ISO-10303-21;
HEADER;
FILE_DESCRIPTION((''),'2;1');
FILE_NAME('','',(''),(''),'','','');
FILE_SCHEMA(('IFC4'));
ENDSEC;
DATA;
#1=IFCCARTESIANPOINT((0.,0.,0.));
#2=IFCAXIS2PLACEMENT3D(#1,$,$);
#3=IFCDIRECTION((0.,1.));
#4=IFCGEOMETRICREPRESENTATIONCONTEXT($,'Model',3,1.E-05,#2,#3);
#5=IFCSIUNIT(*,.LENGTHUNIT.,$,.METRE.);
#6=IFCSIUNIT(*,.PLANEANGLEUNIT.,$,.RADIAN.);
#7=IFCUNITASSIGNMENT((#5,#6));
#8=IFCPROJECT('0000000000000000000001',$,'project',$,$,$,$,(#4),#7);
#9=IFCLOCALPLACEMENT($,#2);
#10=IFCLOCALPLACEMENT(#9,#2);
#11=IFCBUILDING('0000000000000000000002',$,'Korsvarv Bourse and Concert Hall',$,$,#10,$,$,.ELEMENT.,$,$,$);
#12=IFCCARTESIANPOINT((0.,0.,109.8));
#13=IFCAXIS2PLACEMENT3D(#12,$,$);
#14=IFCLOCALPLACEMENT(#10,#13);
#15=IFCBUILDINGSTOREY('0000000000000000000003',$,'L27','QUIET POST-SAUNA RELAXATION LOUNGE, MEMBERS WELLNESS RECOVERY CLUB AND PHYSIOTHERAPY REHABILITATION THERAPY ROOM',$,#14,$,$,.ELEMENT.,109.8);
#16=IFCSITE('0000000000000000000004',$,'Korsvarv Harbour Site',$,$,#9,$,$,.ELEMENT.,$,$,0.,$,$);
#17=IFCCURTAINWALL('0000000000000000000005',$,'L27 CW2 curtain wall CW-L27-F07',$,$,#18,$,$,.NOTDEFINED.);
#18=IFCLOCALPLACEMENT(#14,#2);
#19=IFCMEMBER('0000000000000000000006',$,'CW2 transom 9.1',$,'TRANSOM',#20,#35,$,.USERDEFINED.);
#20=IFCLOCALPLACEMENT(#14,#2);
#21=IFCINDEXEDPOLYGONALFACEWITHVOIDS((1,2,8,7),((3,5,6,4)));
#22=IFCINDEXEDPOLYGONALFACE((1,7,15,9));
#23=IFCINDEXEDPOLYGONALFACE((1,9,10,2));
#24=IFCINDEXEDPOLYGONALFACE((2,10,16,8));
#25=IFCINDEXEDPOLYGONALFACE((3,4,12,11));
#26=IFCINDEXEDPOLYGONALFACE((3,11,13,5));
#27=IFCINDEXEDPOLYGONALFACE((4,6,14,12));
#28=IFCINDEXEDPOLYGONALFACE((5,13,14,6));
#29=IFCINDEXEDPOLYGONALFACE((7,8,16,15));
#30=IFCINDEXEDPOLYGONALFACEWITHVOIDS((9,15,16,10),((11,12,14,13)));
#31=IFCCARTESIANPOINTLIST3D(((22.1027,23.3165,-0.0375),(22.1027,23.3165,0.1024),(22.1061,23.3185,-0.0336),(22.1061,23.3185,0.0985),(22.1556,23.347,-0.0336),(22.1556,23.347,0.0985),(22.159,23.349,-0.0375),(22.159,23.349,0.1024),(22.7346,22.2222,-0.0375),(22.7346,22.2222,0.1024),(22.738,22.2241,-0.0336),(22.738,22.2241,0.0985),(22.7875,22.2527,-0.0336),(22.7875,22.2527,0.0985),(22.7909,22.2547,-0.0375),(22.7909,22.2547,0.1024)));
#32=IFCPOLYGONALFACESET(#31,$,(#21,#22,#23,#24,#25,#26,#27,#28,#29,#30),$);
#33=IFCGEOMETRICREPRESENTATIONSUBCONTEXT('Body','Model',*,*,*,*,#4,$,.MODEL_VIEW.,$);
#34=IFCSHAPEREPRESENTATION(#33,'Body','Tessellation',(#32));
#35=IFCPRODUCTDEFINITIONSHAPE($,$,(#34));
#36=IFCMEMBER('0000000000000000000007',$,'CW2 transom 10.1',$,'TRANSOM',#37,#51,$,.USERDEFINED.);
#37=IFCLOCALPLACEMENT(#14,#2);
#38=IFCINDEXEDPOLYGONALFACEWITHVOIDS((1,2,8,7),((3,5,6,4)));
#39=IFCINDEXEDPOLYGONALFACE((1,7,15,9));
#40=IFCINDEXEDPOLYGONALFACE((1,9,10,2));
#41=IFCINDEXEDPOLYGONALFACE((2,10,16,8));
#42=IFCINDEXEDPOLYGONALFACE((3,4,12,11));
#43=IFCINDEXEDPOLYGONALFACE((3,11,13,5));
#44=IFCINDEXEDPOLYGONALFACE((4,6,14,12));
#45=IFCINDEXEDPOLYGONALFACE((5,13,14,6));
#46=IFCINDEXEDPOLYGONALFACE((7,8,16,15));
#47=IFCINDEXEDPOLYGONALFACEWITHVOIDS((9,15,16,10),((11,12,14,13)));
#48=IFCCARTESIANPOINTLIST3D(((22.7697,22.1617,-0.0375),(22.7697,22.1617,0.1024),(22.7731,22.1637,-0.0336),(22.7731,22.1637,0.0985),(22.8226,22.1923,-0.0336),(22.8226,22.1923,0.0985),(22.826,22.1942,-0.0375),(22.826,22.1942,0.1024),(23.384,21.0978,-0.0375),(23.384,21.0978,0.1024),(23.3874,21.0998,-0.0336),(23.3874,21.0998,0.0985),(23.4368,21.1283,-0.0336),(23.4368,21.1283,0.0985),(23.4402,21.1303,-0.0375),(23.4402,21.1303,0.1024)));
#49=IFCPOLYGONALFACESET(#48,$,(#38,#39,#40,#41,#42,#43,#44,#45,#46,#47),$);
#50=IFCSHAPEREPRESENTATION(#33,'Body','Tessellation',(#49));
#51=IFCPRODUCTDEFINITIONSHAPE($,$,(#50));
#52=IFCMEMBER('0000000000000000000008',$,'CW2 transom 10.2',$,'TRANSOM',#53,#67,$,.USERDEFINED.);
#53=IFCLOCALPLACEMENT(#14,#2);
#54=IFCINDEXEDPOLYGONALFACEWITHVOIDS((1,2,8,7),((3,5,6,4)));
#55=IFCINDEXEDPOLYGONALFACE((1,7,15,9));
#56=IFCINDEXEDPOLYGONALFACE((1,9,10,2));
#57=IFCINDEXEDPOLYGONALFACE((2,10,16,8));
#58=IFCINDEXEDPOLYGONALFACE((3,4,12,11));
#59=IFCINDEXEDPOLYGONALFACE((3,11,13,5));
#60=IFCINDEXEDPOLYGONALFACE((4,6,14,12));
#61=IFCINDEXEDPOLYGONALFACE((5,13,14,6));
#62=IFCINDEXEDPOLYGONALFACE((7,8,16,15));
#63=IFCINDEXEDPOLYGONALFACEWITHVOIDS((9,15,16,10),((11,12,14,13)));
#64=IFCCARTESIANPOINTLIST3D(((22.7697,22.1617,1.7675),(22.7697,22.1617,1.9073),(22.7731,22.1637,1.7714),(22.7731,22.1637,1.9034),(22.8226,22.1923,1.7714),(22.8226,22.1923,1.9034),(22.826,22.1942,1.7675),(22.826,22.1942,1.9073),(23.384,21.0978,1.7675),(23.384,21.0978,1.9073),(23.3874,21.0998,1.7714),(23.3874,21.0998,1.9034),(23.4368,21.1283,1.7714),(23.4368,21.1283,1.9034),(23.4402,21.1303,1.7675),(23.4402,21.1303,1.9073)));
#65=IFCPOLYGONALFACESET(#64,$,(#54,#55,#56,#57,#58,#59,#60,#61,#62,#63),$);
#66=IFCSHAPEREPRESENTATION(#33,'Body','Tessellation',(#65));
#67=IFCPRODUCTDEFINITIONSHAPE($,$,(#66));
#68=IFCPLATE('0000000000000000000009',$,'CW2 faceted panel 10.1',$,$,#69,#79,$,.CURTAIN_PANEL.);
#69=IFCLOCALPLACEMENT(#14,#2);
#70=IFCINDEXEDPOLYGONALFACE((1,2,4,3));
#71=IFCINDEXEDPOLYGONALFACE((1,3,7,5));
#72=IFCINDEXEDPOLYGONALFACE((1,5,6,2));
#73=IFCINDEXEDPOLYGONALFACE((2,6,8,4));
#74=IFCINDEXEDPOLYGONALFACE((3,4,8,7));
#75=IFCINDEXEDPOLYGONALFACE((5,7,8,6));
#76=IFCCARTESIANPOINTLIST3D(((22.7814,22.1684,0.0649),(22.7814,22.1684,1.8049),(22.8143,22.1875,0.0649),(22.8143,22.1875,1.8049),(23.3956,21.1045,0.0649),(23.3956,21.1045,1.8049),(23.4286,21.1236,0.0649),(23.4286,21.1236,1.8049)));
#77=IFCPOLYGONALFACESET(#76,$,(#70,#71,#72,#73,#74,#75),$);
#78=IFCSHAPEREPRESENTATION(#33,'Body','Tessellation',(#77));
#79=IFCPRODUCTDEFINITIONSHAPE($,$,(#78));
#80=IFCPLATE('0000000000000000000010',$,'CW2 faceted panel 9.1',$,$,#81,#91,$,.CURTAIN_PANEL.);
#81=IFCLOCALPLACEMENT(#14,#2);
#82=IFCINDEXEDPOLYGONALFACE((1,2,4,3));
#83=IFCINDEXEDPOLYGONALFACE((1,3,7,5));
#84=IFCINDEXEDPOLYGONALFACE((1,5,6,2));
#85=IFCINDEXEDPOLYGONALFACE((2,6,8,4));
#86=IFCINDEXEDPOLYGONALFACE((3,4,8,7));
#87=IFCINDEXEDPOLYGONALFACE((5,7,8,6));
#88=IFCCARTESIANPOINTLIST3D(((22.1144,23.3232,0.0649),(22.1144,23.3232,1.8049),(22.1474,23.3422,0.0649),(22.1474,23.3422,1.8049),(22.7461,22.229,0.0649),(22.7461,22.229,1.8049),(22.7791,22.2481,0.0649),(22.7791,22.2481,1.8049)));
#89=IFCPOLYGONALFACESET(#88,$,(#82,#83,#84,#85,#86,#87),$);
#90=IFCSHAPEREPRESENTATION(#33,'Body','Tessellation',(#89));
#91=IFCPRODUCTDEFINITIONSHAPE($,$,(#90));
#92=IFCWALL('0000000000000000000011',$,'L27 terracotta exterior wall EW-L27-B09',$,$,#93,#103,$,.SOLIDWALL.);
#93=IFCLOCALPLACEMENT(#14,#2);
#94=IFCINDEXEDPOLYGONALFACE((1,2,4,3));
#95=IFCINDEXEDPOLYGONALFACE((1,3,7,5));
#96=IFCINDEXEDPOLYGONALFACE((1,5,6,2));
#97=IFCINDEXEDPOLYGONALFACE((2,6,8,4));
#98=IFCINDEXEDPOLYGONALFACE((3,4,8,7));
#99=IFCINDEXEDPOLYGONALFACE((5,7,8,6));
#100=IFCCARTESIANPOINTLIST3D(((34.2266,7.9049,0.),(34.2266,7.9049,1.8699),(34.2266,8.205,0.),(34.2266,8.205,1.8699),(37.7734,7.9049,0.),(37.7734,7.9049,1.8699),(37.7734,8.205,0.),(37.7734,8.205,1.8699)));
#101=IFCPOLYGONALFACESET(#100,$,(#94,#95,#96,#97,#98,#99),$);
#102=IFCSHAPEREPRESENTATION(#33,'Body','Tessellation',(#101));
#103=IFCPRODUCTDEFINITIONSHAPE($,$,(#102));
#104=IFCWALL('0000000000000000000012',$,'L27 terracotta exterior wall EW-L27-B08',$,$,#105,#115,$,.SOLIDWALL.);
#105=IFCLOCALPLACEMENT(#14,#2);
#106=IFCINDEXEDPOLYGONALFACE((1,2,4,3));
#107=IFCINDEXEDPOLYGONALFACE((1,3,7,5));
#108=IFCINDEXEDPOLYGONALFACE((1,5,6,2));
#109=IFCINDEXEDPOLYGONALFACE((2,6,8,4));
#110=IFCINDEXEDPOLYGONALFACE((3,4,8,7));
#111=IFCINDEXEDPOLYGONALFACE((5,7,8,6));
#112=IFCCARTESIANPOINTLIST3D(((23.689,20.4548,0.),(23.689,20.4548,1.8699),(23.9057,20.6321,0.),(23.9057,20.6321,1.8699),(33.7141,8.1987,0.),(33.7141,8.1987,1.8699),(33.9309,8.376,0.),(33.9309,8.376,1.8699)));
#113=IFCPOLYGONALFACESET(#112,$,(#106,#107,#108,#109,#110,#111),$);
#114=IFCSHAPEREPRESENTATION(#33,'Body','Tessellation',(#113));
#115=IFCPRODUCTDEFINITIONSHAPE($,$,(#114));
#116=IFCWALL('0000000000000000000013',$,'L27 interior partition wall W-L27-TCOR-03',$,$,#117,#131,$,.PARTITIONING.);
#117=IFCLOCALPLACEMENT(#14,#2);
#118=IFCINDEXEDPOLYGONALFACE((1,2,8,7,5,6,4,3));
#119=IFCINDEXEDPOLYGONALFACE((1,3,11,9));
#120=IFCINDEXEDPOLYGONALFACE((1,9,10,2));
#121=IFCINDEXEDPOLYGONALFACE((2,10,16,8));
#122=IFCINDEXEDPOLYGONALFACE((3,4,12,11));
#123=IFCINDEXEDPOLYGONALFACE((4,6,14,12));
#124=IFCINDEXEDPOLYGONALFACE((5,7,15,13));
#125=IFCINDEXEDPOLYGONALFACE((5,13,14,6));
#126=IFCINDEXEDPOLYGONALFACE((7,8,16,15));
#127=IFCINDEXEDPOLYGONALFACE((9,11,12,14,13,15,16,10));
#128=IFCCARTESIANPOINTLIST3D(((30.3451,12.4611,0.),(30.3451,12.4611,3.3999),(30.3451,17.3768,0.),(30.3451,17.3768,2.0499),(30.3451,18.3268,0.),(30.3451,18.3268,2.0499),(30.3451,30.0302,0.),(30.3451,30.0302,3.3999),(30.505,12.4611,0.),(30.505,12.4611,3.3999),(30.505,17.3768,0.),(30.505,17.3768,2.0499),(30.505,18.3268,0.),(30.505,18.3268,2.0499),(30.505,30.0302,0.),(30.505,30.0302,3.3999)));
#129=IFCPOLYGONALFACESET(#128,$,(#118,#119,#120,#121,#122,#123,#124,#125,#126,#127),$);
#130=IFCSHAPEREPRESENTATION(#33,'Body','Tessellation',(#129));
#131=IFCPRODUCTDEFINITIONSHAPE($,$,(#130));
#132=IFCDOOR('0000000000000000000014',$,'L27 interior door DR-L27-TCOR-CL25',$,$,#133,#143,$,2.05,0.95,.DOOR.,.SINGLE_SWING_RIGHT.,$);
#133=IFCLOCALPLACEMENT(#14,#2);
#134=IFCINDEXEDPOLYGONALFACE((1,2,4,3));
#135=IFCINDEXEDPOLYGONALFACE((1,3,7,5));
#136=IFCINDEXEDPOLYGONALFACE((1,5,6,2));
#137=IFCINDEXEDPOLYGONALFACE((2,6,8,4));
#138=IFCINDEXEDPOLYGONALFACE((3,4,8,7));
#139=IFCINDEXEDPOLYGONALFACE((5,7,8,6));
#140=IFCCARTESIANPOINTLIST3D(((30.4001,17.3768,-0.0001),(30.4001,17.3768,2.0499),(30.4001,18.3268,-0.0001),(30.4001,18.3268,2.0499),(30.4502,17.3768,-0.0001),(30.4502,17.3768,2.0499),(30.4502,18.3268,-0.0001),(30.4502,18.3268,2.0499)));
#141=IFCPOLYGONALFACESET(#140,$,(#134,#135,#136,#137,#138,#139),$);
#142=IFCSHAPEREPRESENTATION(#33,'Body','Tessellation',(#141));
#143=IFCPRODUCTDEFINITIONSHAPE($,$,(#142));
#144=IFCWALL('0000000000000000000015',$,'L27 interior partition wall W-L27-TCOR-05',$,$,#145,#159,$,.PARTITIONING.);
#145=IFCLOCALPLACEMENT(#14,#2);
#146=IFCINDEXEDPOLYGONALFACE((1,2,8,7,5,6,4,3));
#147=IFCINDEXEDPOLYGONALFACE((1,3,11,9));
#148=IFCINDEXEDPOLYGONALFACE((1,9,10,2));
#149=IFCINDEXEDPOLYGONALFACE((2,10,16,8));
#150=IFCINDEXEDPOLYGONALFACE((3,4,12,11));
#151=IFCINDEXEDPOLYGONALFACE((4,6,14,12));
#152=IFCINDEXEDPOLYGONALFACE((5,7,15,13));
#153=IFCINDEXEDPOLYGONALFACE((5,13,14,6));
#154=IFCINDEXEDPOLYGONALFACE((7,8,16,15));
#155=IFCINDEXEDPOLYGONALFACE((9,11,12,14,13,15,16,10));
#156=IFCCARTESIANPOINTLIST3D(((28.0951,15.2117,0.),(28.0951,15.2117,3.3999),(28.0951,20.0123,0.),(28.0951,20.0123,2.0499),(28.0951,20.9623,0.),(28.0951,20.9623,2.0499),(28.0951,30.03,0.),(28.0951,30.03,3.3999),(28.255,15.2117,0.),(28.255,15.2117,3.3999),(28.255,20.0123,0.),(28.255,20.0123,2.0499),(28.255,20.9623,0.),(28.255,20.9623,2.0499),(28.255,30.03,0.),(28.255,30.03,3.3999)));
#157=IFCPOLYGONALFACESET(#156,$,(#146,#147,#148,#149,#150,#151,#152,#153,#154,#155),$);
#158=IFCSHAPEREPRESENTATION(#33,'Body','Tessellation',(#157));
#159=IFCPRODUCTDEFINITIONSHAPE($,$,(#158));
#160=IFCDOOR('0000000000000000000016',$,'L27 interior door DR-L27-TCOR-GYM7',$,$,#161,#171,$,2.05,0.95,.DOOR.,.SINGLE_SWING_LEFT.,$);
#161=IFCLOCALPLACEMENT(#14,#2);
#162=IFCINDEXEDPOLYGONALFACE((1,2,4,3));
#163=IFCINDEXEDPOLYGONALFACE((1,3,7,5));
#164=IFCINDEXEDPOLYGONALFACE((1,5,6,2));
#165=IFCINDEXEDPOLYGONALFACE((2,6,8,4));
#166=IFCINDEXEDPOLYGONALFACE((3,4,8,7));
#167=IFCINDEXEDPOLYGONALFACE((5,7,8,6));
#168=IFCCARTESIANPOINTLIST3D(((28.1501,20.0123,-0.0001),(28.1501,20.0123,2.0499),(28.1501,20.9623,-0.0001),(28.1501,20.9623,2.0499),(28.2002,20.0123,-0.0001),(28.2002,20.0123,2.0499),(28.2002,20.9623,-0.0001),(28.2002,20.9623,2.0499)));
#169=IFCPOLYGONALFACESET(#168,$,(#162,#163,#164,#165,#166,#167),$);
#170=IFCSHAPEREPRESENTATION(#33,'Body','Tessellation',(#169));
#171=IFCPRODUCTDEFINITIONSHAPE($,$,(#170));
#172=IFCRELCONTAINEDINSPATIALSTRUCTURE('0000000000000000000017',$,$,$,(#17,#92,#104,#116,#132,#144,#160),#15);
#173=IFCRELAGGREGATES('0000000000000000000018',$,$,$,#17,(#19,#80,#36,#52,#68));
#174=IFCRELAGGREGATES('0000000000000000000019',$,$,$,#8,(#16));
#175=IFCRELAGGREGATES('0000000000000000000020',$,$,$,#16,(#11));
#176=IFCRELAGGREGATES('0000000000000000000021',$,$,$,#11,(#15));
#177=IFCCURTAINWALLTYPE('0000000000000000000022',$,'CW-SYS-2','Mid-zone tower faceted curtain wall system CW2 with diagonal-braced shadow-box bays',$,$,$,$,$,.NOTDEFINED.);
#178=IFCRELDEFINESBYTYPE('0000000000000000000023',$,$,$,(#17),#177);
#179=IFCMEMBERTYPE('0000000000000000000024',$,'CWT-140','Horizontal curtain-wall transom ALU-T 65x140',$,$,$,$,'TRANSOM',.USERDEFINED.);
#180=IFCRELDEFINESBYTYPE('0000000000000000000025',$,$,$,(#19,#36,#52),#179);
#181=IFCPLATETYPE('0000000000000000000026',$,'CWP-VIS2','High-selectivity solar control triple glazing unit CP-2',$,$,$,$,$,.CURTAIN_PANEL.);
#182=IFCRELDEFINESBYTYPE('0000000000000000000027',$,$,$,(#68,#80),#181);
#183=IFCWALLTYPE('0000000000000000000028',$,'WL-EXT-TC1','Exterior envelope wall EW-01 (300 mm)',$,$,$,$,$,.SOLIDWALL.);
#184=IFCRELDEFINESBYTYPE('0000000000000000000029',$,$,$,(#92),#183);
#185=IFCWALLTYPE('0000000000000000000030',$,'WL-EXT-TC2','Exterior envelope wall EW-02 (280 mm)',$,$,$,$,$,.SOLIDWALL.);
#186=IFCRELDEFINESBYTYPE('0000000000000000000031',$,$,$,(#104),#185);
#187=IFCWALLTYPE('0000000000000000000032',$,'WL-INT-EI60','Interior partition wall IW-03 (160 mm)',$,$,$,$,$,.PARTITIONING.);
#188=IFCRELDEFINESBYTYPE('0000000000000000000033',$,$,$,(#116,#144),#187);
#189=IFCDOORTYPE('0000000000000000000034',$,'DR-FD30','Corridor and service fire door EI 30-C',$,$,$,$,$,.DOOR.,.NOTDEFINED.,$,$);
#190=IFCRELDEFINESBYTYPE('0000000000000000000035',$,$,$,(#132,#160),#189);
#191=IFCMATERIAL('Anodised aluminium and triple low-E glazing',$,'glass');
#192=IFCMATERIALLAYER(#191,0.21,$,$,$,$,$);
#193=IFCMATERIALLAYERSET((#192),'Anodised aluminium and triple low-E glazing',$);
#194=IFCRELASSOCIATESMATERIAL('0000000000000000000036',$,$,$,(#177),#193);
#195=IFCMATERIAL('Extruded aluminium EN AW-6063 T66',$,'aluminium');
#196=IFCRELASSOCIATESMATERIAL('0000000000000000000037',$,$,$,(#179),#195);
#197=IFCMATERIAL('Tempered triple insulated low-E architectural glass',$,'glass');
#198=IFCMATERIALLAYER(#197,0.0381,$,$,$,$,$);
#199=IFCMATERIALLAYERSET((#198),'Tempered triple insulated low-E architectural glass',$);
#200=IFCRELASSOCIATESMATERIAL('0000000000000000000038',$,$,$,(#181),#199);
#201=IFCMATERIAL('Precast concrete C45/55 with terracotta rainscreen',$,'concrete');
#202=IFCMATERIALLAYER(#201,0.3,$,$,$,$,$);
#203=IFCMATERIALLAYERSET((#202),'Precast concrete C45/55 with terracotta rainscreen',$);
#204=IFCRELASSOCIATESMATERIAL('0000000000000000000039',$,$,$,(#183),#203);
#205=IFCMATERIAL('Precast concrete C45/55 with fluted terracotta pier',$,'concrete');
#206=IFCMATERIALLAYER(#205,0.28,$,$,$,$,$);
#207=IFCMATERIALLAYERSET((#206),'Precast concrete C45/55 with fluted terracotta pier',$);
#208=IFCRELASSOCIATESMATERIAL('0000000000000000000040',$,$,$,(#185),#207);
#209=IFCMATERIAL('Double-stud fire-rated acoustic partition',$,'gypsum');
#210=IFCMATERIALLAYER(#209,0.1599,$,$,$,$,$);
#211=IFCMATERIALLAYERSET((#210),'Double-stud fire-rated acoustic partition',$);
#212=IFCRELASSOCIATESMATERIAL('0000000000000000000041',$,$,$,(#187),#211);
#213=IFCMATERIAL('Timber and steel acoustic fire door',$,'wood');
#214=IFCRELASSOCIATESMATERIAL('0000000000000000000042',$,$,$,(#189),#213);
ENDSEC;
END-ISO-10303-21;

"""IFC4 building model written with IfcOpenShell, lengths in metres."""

from ifc_helpers import new_model, si_unit, direction, frame, frame_2d, origin, origin_2d, place, context, subcontext, project, spatial, rectangle, hollow_rectangle, extrude, source, transform, mapped, material, layer, layer_set, material_profile, profile_set, type_object, element, fill, aggregate, save


model = new_model("IFC4")

# Units and contexts
model_context = context("Model", 3, precision=1e-05, world=origin(), true_north=direction((0.0, 1.0)))
body_context = subcontext(model_context, "Body", "Model", "MODEL_VIEW")
ifc_project = project(units=[si_unit("LENGTHUNIT", "METRE"), si_unit("PLANEANGLEUNIT", "RADIAN")], contexts=[model_context])

# Site, building, storey
site_placement = place(None, origin())
site = spatial("IfcSite", under=ifc_project, at=site_placement, Name="Korsvarv Harbour Site", CompositionType="ELEMENT", RefElevation=0.0)
building_placement = place(site_placement, origin())
building = spatial("IfcBuilding", under=site, at=building_placement, Name="Korsvarv Bourse and Concert Hall", CompositionType="ELEMENT")
storey_placement = place(building_placement, frame((0.0, 0.0, 109.8)))
storey = spatial("IfcBuildingStorey", under=building, at=storey_placement, Name="L27", Description="QUIET POST-SAUNA RELAXATION LOUNGE, MEMBERS WELLNESS RECOVERY CLUB AND PHYSIOTHERAPY REHABILITATION THERAPY ROOM", CompositionType="ELEMENT", Elevation=109.8)

# Curtain wall, members, plates
ifc_material_1 = material(Name="Anodised aluminium and triple low-E glazing", Category="glass")
ifc_layer_1 = layer(ifc_material_1, 0.21)
ifc_layer_set_1 = layer_set([ifc_layer_1], Name="Anodised aluminium and triple low-E glazing")
curtain_wall_type = type_object("IfcCurtainWallType", Name="CW-SYS-2", Description="Mid-zone tower faceted curtain wall system CW2 with diagonal-braced shadow-box bays", PredefinedType="NOTDEFINED", material=ifc_layer_set_1)
curtain_wall_placement = place(storey_placement, origin())
curtain_wall = element("IfcCurtainWall", 1, at=curtain_wall_placement, inside=storey, type_object=curtain_wall_type, Name="L27 CW2 curtain wall CW-L27-F07", PredefinedType="NOTDEFINED")
ifc_material_2 = material(Name="Extruded aluminium EN AW-6063 T66", Category="aluminium")
ifc_material_profile_1 = material_profile(ifc_material_2, hollow_rectangle(XDim=0.0649, YDim=0.1399, WallThickness=0.0039, at=origin_2d()), Name="ALU-T 65x140")
ifc_profile_set_1 = profile_set([ifc_material_profile_1], Name="Extruded aluminium EN AW-6063 T66")
member_type_1 = type_object("IfcMemberType", Name="CWT-140", Description="Horizontal curtain-wall transom ALU-T 65x140", ElementType="TRANSOM", PredefinedType="USERDEFINED", material=ifc_profile_set_1)
shared_shape_1 = source(origin(), body_context, "Body", "SweptSolid", [
    extrude(hollow_rectangle(XDim=0.0649, YDim=0.1399, WallThickness=0.0039, at=origin_2d()), origin(), (0.0, 0.0, 1.0), 1.2637),
])
member_1_placement = place(storey_placement, frame((22.1309, 23.3328, 0.0325), z_axis=(0.500046, -0.865999, 0.0), x_axis=(0.865999, 0.500046, 0.0)))
member_1 = element("IfcMember", 2, at=member_1_placement, type_object=member_type_1, Name="CW2 transom 9.1", ObjectType="TRANSOM", PredefinedType="USERDEFINED", context=body_context, shape_type="MappedRepresentation", body=[
    mapped(shared_shape_1, transform((0.0, 0.0, 0.0), scale=1.0)),
])
shared_shape_2 = source(origin(), body_context, "Body", "SweptSolid", [
    extrude(hollow_rectangle(XDim=0.0649, YDim=0.1399, WallThickness=0.0039, at=origin_2d()), origin(), (0.0, 0.0, 1.0), 1.2285),
])
member_2_placement = place(storey_placement, frame((22.7979, 22.178, 0.0325), z_axis=(0.499986, -0.866033, 0.0), x_axis=(0.866033, 0.499986, 0.0)))
member_2 = element("IfcMember", 3, at=member_2_placement, type_object=member_type_1, Name="CW2 transom 10.1", ObjectType="TRANSOM", PredefinedType="USERDEFINED", context=body_context, shape_type="MappedRepresentation", body=[
    mapped(shared_shape_2, transform((0.0, 0.0, 0.0), scale=1.0)),
])
member_3_placement = place(storey_placement, frame((22.7979, 22.178, 1.8374), z_axis=(0.499986, -0.866033, 0.0), x_axis=(0.866033, 0.499986, 0.0)))
member_3 = element("IfcMember", 4, at=member_3_placement, type_object=member_type_1, Name="CW2 transom 10.2", ObjectType="TRANSOM", PredefinedType="USERDEFINED", context=body_context, shape_type="MappedRepresentation", body=[
    mapped(shared_shape_2, transform((0.0, 0.0, 0.0), scale=1.0)),
])
ifc_material_3 = material(Name="Tempered triple insulated low-E architectural glass", Category="glass")
ifc_layer_2 = layer(ifc_material_3, 0.0381)
ifc_layer_set_2 = layer_set([ifc_layer_2], Name="Tempered triple insulated low-E architectural glass")
plate_type = type_object("IfcPlateType", Name="CWP-VIS2", Description="High-selectivity solar control triple glazing unit CP-2", PredefinedType="CURTAIN_PANEL", material=ifc_layer_set_2)
shared_shape_3 = source(origin(), body_context, "Body", "SweptSolid", [
    extrude(rectangle(XDim=1.2285, YDim=0.0381, at=origin_2d()), origin(), (0.0, 0.0, 1.0), 1.74),
])
plate_1_placement = place(storey_placement, frame((23.105, 21.646, 0.0649), z_axis=(0.0, 0.0, 1.0), x_axis=(0.500006, -0.866022, 0.0)))
plate_1 = element("IfcPlate", 5, at=plate_1_placement, type_object=plate_type, Name="CW2 faceted panel 10.1", PredefinedType="CURTAIN_PANEL", context=body_context, shape_type="MappedRepresentation", body=[
    mapped(shared_shape_3, transform((0.0, 0.0, 0.0), scale=1.0)),
])
shared_shape_4 = source(origin(), body_context, "Body", "SweptSolid", [
    extrude(rectangle(XDim=1.2634, YDim=0.0381, at=origin_2d()), origin(), (0.0, 0.0, 1.0), 1.74),
])
plate_2_placement = place(storey_placement, frame((22.4468, 22.7856, 0.0649), z_axis=(0.0, 0.0, 1.0), x_axis=(0.500006, -0.866022, 0.0)))
plate_2 = element("IfcPlate", 6, at=plate_2_placement, type_object=plate_type, Name="CW2 faceted panel 9.1", PredefinedType="CURTAIN_PANEL", context=body_context, shape_type="MappedRepresentation", body=[
    mapped(shared_shape_4, transform((0.0, 0.0, 0.0), scale=1.0)),
])
aggregate(curtain_wall, [member_1, plate_2, member_2, member_3, plate_1])

# Walls
ifc_material_4 = material(Name="Precast concrete C45/55 with terracotta rainscreen", Category="concrete")
ifc_layer_3 = layer(ifc_material_4, 0.3)
ifc_layer_set_3 = layer_set([ifc_layer_3], Name="Precast concrete C45/55 with terracotta rainscreen")
wall_type_1 = type_object("IfcWallType", Name="WL-EXT-TC1", Description="Exterior envelope wall EW-01 (300 mm)", PredefinedType="SOLIDWALL", material=ifc_layer_set_3)
wall_1_placement = place(storey_placement, frame((34.2266, 8.0549, 0.0), z_axis=(0.0, 0.0, 1.0), x_axis=(1.0, 0.0, 0.0)))
element("IfcWall", 7, at=wall_1_placement, inside=storey, type_object=wall_type_1, Name="L27 terracotta exterior wall EW-L27-B09", PredefinedType="SOLIDWALL", context=body_context, shape_type="SweptSolid", body=[
    extrude(rectangle(XDim=3.5469, YDim=0.3, at=frame_2d((1.7734, 0.0))), origin(), (0.0, 0.0, 1.0), 1.8699),
])
ifc_material_5 = material(Name="Precast concrete C45/55 with fluted terracotta pier", Category="concrete")
ifc_layer_4 = layer(ifc_material_5, 0.28)
ifc_layer_set_4 = layer_set([ifc_layer_4], Name="Precast concrete C45/55 with fluted terracotta pier")
wall_type_2 = type_object("IfcWallType", Name="WL-EXT-TC2", Description="Exterior envelope wall EW-02 (280 mm)", PredefinedType="SOLIDWALL", material=ifc_layer_set_4)
wall_2_placement = place(storey_placement, frame((23.7974, 20.5435, 0.0), z_axis=(0.0, 0.0, 1.0), x_axis=(0.63314, -0.774037, 0.0)))
element("IfcWall", 8, at=wall_2_placement, inside=storey, type_object=wall_type_2, Name="L27 terracotta exterior wall EW-L27-B08", PredefinedType="SOLIDWALL", context=body_context, shape_type="SweptSolid", body=[
    extrude(rectangle(XDim=15.834, YDim=0.28, at=frame_2d((7.917, 0.0))), origin(), (0.0, 0.0, 1.0), 1.8699),
])

# Walls, openings, doors
ifc_material_6 = material(Name="Double-stud fire-rated acoustic partition", Category="gypsum")
ifc_layer_5 = layer(ifc_material_6, 0.1599)
ifc_layer_set_5 = layer_set([ifc_layer_5], Name="Double-stud fire-rated acoustic partition")
wall_type_3 = type_object("IfcWallType", Name="WL-INT-EI60", Description="Interior partition wall IW-03 (160 mm)", PredefinedType="PARTITIONING", material=ifc_layer_set_5)
wall_3_placement = place(storey_placement, frame((30.425, 12.4609, 0.0), z_axis=(0.0, 0.0, 1.0), x_axis=(0.0, 1.0, 0.0)))
wall_3 = element("IfcWall", 9, at=wall_3_placement, inside=storey, type_object=wall_type_3, Name="L27 interior partition wall W-L27-TCOR-03", PredefinedType="PARTITIONING", context=body_context, shape_type="SweptSolid", body=[
    extrude(rectangle(XDim=17.5691, YDim=0.1599, at=frame_2d((8.7847, 0.0))), origin(), (0.0, 0.0, 1.0), 3.3999),
])
opening_1_placement = place(wall_3_placement, frame((4.9158, 0.0, 0.0)))
opening_1 = element("IfcOpeningElement", 10, at=opening_1_placement, cuts=wall_3, PredefinedType="OPENING", context=body_context, shape_type="SweptSolid", body=[
    extrude(rectangle(XDim=0.95, YDim=2.05, at=frame_2d((0.4751, 1.0249))), frame((0.0, 0.0898, 0.0), z_axis=(0.0, -1.0, 0.0), x_axis=(1.0, 0.0, 0.0)), (0.0, 0.0, 1.0), 0.1799),
])
ifc_material_7 = material(Name="Timber and steel acoustic fire door", Category="wood")
door_type_1 = type_object("IfcDoorType", Name="DR-FD30", Description="Corridor and service fire door EI 30-C", OperationType="NOTDEFINED", PredefinedType="DOOR", material=ifc_material_7)
door_1_placement = place(opening_1_placement, origin())
door_1 = element("IfcDoor", 11, at=door_1_placement, inside=storey, type_object=door_type_1, Name="L27 interior door DR-L27-TCOR-CL25", OperationType="SINGLE_SWING_RIGHT", OverallHeight=2.05, OverallWidth=0.95, PredefinedType="DOOR", context=body_context, shape_type="SweptSolid", body=[
    extrude(rectangle(XDim=0.95, YDim=2.05, at=frame_2d((0.4751, 1.0249))), frame((0.0, 0.0249, 0.0), z_axis=(0.0, -1.0, 0.0), x_axis=(1.0, 0.0, 0.0)), (0.0, 0.0, 1.0), 0.05),
])
fill(opening_1, door_1)
wall_4_placement = place(storey_placement, frame((28.175, 15.2117, 0.0), z_axis=(0.0, 0.0, 1.0), x_axis=(0.0, 1.0, 0.0)))
wall_4 = element("IfcWall", 12, at=wall_4_placement, inside=storey, type_object=wall_type_3, Name="L27 interior partition wall W-L27-TCOR-05", PredefinedType="PARTITIONING", context=body_context, shape_type="SweptSolid", body=[
    extrude(rectangle(XDim=14.8184, YDim=0.1599, at=frame_2d((7.4092, 0.0))), origin(), (0.0, 0.0, 1.0), 3.3999),
])
opening_2_placement = place(wall_4_placement, frame((4.8005, 0.0, 0.0)))
opening_2 = element("IfcOpeningElement", 13, at=opening_2_placement, cuts=wall_4, PredefinedType="OPENING", context=body_context, shape_type="SweptSolid", body=[
    extrude(rectangle(XDim=0.95, YDim=2.05, at=frame_2d((0.4751, 1.0249))), frame((0.0, 0.0898, 0.0), z_axis=(0.0, -1.0, 0.0), x_axis=(1.0, 0.0, 0.0)), (0.0, 0.0, 1.0), 0.1799),
])
door_2_placement = place(opening_2_placement, origin())
door_2 = element("IfcDoor", 14, at=door_2_placement, inside=storey, type_object=door_type_1, Name="L27 interior door DR-L27-TCOR-GYM7", OperationType="SINGLE_SWING_LEFT", OverallHeight=2.05, OverallWidth=0.95, PredefinedType="DOOR", context=body_context, shape_type="SweptSolid", body=[
    extrude(rectangle(XDim=0.95, YDim=2.05, at=frame_2d((0.4751, 1.0249))), frame((0.0, 0.0249, 0.0), z_axis=(0.0, -1.0, 0.0), x_axis=(1.0, 0.0, 0.0)), (0.0, 0.0, 1.0), 0.05),
])
fill(opening_2, door_2)

save(model, "model.ifc")
